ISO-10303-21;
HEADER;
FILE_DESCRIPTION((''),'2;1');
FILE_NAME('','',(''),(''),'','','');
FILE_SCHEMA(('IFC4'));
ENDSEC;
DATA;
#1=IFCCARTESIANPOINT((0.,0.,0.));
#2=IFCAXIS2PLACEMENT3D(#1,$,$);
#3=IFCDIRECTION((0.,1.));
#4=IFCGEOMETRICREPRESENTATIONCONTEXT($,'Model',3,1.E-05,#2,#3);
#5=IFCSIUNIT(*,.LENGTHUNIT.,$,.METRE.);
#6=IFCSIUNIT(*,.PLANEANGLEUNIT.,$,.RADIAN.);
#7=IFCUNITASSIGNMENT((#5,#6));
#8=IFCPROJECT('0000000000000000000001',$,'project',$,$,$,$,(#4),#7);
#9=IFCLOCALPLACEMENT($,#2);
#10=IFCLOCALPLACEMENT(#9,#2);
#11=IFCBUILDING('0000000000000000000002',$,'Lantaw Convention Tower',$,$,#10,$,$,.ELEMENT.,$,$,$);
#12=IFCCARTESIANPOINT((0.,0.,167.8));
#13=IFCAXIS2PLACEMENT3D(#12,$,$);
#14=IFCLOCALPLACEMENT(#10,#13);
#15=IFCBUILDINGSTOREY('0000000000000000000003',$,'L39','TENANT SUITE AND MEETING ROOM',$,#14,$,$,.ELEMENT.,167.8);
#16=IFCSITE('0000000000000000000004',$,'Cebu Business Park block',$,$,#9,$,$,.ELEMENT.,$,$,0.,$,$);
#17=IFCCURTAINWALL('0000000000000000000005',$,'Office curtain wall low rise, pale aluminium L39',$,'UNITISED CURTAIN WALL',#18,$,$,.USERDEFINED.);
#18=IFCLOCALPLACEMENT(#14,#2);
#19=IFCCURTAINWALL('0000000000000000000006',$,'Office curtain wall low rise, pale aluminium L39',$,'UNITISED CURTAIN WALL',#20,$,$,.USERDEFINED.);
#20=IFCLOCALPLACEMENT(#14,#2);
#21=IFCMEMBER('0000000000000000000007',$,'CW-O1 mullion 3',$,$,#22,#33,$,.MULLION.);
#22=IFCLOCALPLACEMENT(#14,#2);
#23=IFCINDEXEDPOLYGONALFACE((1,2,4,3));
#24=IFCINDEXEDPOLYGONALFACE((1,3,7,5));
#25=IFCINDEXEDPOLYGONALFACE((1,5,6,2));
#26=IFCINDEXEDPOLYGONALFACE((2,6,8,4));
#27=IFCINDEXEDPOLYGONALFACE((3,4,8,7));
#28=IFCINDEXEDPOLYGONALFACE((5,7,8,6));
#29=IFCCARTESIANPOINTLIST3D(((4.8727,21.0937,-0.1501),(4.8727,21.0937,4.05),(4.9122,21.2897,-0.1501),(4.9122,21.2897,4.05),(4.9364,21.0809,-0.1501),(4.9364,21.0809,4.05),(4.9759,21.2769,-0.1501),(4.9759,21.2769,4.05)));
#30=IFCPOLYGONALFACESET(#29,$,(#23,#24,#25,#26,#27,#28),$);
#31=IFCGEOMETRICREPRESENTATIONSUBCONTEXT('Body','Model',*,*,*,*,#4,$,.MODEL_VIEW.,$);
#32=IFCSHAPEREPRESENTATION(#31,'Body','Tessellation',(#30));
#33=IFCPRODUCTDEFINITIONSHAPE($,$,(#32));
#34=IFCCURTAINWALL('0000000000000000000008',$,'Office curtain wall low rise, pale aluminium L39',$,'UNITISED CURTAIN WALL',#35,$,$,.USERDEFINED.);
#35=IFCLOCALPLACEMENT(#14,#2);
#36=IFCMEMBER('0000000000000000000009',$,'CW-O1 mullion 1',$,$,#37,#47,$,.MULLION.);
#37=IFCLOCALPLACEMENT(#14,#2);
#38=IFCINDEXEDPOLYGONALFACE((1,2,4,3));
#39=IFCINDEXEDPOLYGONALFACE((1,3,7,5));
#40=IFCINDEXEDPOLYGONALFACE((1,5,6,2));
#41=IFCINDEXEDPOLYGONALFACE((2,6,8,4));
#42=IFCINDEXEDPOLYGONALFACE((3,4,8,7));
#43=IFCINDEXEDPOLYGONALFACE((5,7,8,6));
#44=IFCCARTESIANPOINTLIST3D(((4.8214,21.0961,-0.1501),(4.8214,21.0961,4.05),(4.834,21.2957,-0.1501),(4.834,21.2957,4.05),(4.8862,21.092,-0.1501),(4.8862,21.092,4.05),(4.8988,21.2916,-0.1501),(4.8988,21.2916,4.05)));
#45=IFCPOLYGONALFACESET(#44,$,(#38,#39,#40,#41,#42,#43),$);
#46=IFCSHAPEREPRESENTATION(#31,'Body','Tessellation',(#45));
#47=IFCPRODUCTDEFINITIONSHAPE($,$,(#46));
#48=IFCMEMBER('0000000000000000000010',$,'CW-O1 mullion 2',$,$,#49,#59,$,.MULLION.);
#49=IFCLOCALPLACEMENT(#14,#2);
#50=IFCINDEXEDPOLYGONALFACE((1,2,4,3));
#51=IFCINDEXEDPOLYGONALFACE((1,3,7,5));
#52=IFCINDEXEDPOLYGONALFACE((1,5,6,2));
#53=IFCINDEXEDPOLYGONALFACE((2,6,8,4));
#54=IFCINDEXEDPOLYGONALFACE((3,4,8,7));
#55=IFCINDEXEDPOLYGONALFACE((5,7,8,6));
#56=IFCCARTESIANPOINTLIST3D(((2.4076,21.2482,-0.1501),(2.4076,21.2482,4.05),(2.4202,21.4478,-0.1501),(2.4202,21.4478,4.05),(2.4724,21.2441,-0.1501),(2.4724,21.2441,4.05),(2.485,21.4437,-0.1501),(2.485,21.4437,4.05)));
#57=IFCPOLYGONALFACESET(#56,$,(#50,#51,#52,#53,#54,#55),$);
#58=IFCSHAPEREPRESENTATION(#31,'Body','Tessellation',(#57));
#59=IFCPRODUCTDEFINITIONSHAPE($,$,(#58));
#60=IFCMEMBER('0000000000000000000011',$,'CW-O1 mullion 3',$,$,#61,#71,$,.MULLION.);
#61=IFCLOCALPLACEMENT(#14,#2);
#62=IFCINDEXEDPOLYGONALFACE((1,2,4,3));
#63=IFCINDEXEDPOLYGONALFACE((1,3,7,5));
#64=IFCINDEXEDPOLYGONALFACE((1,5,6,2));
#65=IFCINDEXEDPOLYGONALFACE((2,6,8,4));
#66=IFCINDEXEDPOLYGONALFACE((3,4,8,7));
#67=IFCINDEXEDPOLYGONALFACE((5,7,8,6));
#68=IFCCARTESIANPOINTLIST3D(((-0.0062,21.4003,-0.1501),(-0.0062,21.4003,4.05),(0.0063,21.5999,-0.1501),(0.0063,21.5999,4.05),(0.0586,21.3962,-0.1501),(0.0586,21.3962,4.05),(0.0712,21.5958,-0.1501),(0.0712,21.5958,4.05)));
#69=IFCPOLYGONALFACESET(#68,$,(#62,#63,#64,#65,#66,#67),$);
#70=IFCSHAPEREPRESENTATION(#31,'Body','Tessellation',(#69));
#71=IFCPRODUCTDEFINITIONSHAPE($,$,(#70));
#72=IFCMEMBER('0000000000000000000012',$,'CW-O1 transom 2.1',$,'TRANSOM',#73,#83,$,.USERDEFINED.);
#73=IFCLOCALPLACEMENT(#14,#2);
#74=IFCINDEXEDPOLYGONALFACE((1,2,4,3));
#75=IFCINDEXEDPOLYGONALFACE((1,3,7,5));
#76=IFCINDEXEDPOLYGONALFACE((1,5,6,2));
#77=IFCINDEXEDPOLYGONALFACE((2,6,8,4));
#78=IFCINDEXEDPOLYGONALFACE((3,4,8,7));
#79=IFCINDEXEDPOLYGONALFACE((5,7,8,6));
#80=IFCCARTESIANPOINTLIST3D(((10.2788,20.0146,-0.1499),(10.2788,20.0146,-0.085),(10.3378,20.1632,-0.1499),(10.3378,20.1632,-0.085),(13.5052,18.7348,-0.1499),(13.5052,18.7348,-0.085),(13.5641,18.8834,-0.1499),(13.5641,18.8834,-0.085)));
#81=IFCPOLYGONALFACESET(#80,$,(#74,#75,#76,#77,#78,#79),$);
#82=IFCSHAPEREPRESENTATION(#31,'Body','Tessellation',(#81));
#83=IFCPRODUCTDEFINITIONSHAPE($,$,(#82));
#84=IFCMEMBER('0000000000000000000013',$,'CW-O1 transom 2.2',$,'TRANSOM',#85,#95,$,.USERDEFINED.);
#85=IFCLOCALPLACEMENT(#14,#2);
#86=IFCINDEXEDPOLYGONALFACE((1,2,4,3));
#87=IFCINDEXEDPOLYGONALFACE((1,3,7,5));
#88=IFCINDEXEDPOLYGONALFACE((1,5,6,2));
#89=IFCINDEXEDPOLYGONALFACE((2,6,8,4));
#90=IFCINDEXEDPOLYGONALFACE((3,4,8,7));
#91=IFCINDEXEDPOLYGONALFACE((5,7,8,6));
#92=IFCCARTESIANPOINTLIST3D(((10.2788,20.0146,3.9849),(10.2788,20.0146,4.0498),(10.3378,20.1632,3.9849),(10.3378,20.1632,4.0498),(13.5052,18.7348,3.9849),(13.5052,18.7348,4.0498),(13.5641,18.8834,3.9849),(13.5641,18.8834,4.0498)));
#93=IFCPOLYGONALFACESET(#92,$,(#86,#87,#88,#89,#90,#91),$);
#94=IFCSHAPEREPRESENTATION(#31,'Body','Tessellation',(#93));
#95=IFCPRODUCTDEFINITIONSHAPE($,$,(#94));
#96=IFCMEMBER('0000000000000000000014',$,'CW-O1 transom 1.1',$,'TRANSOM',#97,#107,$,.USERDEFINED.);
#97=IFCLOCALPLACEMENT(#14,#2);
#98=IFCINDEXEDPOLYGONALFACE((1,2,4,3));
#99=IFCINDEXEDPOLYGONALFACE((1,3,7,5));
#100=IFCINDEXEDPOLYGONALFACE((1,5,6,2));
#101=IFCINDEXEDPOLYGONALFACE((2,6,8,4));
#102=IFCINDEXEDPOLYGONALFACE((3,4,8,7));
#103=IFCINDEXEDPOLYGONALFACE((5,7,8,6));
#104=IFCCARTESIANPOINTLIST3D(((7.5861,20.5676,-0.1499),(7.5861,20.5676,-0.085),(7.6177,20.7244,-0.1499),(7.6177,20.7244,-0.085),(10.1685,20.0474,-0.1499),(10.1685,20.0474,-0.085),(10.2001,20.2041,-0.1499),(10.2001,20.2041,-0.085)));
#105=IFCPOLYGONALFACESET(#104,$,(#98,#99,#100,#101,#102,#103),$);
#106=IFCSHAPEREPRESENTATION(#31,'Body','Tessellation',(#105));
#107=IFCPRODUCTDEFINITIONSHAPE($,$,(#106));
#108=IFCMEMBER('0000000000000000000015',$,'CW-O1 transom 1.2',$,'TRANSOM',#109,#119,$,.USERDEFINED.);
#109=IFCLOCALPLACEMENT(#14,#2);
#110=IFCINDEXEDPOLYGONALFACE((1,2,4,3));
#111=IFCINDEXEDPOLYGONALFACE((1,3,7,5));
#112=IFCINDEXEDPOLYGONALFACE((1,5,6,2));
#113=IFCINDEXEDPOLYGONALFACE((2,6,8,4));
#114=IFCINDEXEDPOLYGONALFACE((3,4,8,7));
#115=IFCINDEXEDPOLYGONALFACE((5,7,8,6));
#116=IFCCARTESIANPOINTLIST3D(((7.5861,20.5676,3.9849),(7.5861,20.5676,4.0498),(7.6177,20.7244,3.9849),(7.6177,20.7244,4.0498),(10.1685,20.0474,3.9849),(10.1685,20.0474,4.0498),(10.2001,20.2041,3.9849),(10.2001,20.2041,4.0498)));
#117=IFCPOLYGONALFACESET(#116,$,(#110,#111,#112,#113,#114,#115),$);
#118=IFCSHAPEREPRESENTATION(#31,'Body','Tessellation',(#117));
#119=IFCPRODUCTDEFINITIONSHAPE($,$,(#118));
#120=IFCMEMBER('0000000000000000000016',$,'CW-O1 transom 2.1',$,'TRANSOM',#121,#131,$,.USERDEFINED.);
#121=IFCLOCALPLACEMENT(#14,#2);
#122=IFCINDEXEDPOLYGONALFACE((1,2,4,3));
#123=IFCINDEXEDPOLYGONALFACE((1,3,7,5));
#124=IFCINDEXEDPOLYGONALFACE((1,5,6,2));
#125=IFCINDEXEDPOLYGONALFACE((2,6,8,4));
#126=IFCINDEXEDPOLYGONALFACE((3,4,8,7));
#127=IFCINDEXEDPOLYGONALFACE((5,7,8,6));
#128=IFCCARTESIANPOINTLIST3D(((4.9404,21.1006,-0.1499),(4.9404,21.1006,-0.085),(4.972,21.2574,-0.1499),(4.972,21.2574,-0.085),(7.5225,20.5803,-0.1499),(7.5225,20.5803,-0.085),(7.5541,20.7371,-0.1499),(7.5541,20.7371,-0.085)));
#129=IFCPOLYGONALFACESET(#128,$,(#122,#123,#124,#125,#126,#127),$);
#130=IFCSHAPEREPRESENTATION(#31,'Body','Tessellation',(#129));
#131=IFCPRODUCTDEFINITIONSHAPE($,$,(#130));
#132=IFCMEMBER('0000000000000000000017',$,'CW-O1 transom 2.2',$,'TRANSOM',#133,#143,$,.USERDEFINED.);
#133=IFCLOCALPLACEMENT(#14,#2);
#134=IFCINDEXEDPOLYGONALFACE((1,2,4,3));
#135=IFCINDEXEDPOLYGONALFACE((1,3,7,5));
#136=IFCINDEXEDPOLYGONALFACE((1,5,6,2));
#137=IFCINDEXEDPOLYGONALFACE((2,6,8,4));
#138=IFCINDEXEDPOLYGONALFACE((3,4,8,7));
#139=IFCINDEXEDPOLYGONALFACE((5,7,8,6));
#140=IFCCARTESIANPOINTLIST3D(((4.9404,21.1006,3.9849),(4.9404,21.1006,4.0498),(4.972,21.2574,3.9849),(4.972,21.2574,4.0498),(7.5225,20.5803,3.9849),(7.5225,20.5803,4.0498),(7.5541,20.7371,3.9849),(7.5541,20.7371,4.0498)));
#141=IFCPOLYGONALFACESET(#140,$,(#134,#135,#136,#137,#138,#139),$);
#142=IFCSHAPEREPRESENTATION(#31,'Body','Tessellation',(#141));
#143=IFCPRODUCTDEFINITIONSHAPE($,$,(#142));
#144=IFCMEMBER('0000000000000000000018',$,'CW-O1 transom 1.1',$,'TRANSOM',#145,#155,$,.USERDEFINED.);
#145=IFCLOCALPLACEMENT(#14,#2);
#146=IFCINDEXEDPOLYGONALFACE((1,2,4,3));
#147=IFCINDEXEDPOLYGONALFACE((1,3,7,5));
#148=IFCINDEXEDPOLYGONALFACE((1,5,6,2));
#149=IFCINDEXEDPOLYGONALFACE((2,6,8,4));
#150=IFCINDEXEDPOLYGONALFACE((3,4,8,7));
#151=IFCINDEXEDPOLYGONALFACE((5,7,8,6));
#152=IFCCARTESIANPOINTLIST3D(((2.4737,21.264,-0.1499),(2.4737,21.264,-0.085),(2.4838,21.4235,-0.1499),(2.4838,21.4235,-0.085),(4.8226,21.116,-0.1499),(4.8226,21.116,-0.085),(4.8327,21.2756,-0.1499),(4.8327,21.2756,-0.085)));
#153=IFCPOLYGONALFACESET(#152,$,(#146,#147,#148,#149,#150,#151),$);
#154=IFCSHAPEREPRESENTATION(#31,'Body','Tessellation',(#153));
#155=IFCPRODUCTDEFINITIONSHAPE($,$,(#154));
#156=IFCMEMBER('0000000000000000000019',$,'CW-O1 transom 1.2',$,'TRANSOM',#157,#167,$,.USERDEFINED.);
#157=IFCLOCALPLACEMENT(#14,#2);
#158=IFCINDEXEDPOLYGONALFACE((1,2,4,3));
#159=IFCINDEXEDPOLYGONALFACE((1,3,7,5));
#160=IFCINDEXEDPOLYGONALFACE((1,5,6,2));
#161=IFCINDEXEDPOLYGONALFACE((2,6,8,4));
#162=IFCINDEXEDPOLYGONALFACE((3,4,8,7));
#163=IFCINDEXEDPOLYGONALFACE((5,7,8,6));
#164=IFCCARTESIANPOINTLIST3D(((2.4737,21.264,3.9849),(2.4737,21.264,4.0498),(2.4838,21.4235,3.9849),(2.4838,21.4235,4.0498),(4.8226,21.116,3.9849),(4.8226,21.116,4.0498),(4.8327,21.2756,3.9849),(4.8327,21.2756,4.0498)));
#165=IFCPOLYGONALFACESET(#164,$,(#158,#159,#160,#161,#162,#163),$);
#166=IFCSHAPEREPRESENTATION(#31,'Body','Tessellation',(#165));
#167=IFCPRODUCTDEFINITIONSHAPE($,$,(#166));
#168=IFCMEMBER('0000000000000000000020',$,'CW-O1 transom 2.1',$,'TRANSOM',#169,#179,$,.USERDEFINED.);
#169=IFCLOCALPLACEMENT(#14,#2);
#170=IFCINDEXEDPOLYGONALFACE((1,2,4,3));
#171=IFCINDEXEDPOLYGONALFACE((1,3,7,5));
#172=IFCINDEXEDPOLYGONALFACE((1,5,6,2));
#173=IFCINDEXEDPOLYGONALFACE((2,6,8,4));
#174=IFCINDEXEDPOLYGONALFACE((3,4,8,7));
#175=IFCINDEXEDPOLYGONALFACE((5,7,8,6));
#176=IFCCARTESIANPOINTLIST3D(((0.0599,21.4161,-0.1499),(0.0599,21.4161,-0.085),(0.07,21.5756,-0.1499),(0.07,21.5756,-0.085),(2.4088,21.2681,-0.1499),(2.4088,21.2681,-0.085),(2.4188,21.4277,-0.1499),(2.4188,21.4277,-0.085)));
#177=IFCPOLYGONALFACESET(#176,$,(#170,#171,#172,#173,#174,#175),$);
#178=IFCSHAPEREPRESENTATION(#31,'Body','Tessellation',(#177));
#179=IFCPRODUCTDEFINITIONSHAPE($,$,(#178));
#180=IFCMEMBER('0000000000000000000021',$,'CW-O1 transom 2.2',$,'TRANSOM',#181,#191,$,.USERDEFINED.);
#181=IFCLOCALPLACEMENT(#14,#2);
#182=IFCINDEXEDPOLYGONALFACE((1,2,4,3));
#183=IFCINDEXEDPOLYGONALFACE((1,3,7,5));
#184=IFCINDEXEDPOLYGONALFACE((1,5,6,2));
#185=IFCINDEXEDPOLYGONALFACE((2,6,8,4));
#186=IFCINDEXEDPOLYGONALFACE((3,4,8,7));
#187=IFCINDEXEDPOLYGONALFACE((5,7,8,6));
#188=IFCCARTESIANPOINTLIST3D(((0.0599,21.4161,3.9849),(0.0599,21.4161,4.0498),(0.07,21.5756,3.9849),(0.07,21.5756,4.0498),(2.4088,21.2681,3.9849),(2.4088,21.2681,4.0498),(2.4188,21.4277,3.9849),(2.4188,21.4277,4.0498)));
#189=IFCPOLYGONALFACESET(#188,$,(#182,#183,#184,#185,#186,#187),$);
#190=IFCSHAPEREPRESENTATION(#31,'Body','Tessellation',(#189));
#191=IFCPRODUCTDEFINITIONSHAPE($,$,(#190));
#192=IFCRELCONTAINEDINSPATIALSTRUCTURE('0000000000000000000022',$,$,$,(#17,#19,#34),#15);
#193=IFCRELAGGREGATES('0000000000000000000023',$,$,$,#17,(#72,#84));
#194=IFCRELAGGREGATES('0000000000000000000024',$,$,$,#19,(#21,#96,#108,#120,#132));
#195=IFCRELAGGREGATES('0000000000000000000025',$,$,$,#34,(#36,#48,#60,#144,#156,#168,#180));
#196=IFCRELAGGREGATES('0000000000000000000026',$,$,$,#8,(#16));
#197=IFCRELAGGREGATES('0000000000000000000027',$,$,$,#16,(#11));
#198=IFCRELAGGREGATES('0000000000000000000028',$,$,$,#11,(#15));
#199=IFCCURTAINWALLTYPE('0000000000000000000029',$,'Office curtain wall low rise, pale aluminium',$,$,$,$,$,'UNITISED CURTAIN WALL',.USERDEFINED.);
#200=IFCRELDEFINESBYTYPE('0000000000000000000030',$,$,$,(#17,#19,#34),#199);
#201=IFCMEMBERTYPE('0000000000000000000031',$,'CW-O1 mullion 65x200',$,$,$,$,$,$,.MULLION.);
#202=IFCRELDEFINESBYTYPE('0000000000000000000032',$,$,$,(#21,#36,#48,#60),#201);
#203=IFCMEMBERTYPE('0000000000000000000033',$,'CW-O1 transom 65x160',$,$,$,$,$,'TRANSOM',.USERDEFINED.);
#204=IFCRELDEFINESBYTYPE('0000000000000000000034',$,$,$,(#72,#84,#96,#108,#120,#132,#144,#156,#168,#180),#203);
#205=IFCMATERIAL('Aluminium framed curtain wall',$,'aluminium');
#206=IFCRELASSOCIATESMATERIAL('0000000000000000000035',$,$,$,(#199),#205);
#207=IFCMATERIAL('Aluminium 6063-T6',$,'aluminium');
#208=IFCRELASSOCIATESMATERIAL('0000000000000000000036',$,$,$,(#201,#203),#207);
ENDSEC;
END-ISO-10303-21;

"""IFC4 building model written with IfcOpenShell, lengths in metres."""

from ifc_helpers import new_model, si_unit, direction, frame, origin, origin_2d, place, context, subcontext, project, spatial, rectangle, extrude, material, material_profile, profile_set, type_object, element, aggregate, save


model = new_model("IFC4")

# Units and contexts
model_context = context("Model", 3, precision=1e-05, world=origin(), true_north=direction((0.0, 1.0)))
body_context = subcontext(model_context, "Body", "Model", "MODEL_VIEW")
ifc_project = project(units=[si_unit("LENGTHUNIT", "METRE"), si_unit("PLANEANGLEUNIT", "RADIAN")], contexts=[model_context])

# Site, building, storey
site_placement = place(None, origin())
site = spatial("IfcSite", under=ifc_project, at=site_placement, Name="Cebu Business Park block", CompositionType="ELEMENT", RefElevation=0.0)
building_placement = place(site_placement, origin())
building = spatial("IfcBuilding", under=site, at=building_placement, Name="Lantaw Convention Tower", CompositionType="ELEMENT")
storey_placement = place(building_placement, frame((0.0, 0.0, 167.8)))
storey = spatial("IfcBuildingStorey", under=building, at=storey_placement, Name="L39", Description="TENANT SUITE AND MEETING ROOM", CompositionType="ELEMENT", Elevation=167.8)

# Curtain walls, members
ifc_material_1 = material(Name="Aluminium framed curtain wall", Category="aluminium")
curtain_wall_type = type_object("IfcCurtainWallType", Name="Office curtain wall low rise, pale aluminium", ElementType="UNITISED CURTAIN WALL", PredefinedType="USERDEFINED", material=ifc_material_1)
curtain_wall_1_placement = place(storey_placement, origin())
curtain_wall_1 = element("IfcCurtainWall", 1, at=curtain_wall_1_placement, inside=storey, type_object=curtain_wall_type, Name="Office curtain wall low rise, pale aluminium L39", ObjectType="UNITISED CURTAIN WALL", PredefinedType="USERDEFINED")
ifc_material_2 = material(Name="Aluminium 6063-T6", Category="aluminium")
ifc_material_profile_1 = material_profile(ifc_material_2, rectangle(XDim=0.2, YDim=0.0649, at=origin_2d()), Name="CW-O1 mullion 65x200")
ifc_profile_set_1 = profile_set([ifc_material_profile_1], Name="Aluminium 6063-T6")
member_type_1 = type_object("IfcMemberType", Name="CW-O1 mullion 65x200", PredefinedType="MULLION", material=ifc_profile_set_1)
curtain_wall_2_placement = place(storey_placement, origin())
curtain_wall_2 = element("IfcCurtainWall", 2, at=curtain_wall_2_placement, inside=storey, type_object=curtain_wall_type, Name="Office curtain wall low rise, pale aluminium L39", ObjectType="UNITISED CURTAIN WALL", PredefinedType="USERDEFINED")
member_1_placement = place(storey_placement, frame((4.9243, 21.1853, -0.1501), z_axis=(0.0, 0.0, 1.0), x_axis=(-0.197507, -0.980302, 0.0)))
member_1 = element("IfcMember", 3, at=member_1_placement, type_object=member_type_1, Name="CW-O1 mullion 3", PredefinedType="MULLION", context=body_context, shape_type="SweptSolid", body=[
    extrude(rectangle(XDim=0.2, YDim=0.0649, at=origin_2d()), origin(), (0.0, 0.0, 1.0), 4.2002),
])
curtain_wall_3_placement = place(storey_placement, origin())
curtain_wall_3 = element("IfcCurtainWall", 4, at=curtain_wall_3_placement, inside=storey, type_object=curtain_wall_type, Name="Office curtain wall low rise, pale aluminium L39", ObjectType="UNITISED CURTAIN WALL", PredefinedType="USERDEFINED")
member_2_placement = place(storey_placement, frame((4.8601, 21.1938, -0.1501), z_axis=(0.0, 0.0, 1.0), x_axis=(-0.062865, -0.998022, 0.0)))
member_2 = element("IfcMember", 5, at=member_2_placement, type_object=member_type_1, Name="CW-O1 mullion 1", PredefinedType="MULLION", context=body_context, shape_type="SweptSolid", body=[
    extrude(rectangle(XDim=0.2, YDim=0.0649, at=origin_2d()), origin(), (0.0, 0.0, 1.0), 4.2002),
])
member_3_placement = place(storey_placement, frame((2.4463, 21.3459, -0.1501), z_axis=(0.0, 0.0, 1.0), x_axis=(-0.062865, -0.998022, 0.0)))
member_3 = element("IfcMember", 6, at=member_3_placement, type_object=member_type_1, Name="CW-O1 mullion 2", PredefinedType="MULLION", context=body_context, shape_type="SweptSolid", body=[
    extrude(rectangle(XDim=0.2, YDim=0.0649, at=origin_2d()), origin(), (0.0, 0.0, 1.0), 4.2002),
])
member_4_placement = place(storey_placement, frame((0.0325, 21.498, -0.1501), z_axis=(0.0, 0.0, 1.0), x_axis=(-0.062865, -0.998022, 0.0)))
member_4 = element("IfcMember", 7, at=member_4_placement, type_object=member_type_1, Name="CW-O1 mullion 3", PredefinedType="MULLION", context=body_context, shape_type="SweptSolid", body=[
    extrude(rectangle(XDim=0.2, YDim=0.0649, at=origin_2d()), origin(), (0.0, 0.0, 1.0), 4.2002),
])

# Members
ifc_material_profile_2 = material_profile(ifc_material_2, rectangle(XDim=0.1599, YDim=0.0649, at=origin_2d()), Name="CW-O1 transom 65x160")
ifc_profile_set_2 = profile_set([ifc_material_profile_2], Name="Aluminium 6063-T6")
member_type_2 = type_object("IfcMemberType", Name="CW-O1 transom 65x160", ElementType="TRANSOM", PredefinedType="USERDEFINED", material=ifc_profile_set_2)
member_5_placement = place(storey_placement, frame((13.5347, 18.8091, -0.1174), z_axis=(-0.92954, 0.368721, 0.0), x_axis=(-0.368721, -0.92954, 0.0)))
member_5 = element("IfcMember", 8, at=member_5_placement, type_object=member_type_2, Name="CW-O1 transom 2.1", ObjectType="TRANSOM", PredefinedType="USERDEFINED", context=body_context, shape_type="SweptSolid", body=[
    extrude(rectangle(XDim=0.1599, YDim=0.0649, at=origin_2d()), origin(), (0.0, 0.0, 1.0), 3.4709),
])
member_6_placement = place(storey_placement, frame((13.5347, 18.8091, 4.0173), z_axis=(-0.92954, 0.368721, 0.0), x_axis=(-0.368721, -0.92954, 0.0)))
member_6 = element("IfcMember", 9, at=member_6_placement, type_object=member_type_2, Name="CW-O1 transom 2.2", ObjectType="TRANSOM", PredefinedType="USERDEFINED", context=body_context, shape_type="SweptSolid", body=[
    extrude(rectangle(XDim=0.1599, YDim=0.0649, at=origin_2d()), origin(), (0.0, 0.0, 1.0), 3.4709),
])
member_7_placement = place(storey_placement, frame((10.1843, 20.1257, -0.1174), z_axis=(-0.980302, 0.197506, 0.0), x_axis=(-0.197506, -0.980302, 0.0)))
member_7 = element("IfcMember", 10, at=member_7_placement, type_object=member_type_2, Name="CW-O1 transom 1.1", ObjectType="TRANSOM", PredefinedType="USERDEFINED", context=body_context, shape_type="SweptSolid", body=[
    extrude(rectangle(XDim=0.1599, YDim=0.0649, at=origin_2d()), origin(), (0.0, 0.0, 1.0), 2.6343),
])
member_8_placement = place(storey_placement, frame((10.1843, 20.1257, 4.0173), z_axis=(-0.980302, 0.197506, 0.0), x_axis=(-0.197506, -0.980302, 0.0)))
member_8 = element("IfcMember", 11, at=member_8_placement, type_object=member_type_2, Name="CW-O1 transom 1.2", ObjectType="TRANSOM", PredefinedType="USERDEFINED", context=body_context, shape_type="SweptSolid", body=[
    extrude(rectangle(XDim=0.1599, YDim=0.0649, at=origin_2d()), origin(), (0.0, 0.0, 1.0), 2.6343),
])
member_9_placement = place(storey_placement, frame((7.5383, 20.6587, -0.1174), z_axis=(-0.980298, 0.197524, 0.0), x_axis=(-0.197524, -0.980298, 0.0)))
member_9 = element("IfcMember", 12, at=member_9_placement, type_object=member_type_2, Name="CW-O1 transom 2.1", ObjectType="TRANSOM", PredefinedType="USERDEFINED", context=body_context, shape_type="SweptSolid", body=[
    extrude(rectangle(XDim=0.1599, YDim=0.0649, at=origin_2d()), origin(), (0.0, 0.0, 1.0), 2.634),
])
member_10_placement = place(storey_placement, frame((7.5383, 20.6587, 4.0173), z_axis=(-0.980298, 0.197524, 0.0), x_axis=(-0.197524, -0.980298, 0.0)))
member_10 = element("IfcMember", 13, at=member_10_placement, type_object=member_type_2, Name="CW-O1 transom 2.2", ObjectType="TRANSOM", PredefinedType="USERDEFINED", context=body_context, shape_type="SweptSolid", body=[
    extrude(rectangle(XDim=0.1599, YDim=0.0649, at=origin_2d()), origin(), (0.0, 0.0, 1.0), 2.634),
])
member_11_placement = place(storey_placement, frame((4.8276, 21.1958, -0.1174), z_axis=(-0.998022, 0.062863, 0.0), x_axis=(-0.062863, -0.998022, 0.0)))
member_11 = element("IfcMember", 14, at=member_11_placement, type_object=member_type_2, Name="CW-O1 transom 1.1", ObjectType="TRANSOM", PredefinedType="USERDEFINED", context=body_context, shape_type="SweptSolid", body=[
    extrude(rectangle(XDim=0.1599, YDim=0.0649, at=origin_2d()), origin(), (0.0, 0.0, 1.0), 2.3535),
])
member_12_placement = place(storey_placement, frame((4.8276, 21.1958, 4.0173), z_axis=(-0.998022, 0.062863, 0.0), x_axis=(-0.062863, -0.998022, 0.0)))
member_12 = element("IfcMember", 15, at=member_12_placement, type_object=member_type_2, Name="CW-O1 transom 1.2", ObjectType="TRANSOM", PredefinedType="USERDEFINED", context=body_context, shape_type="SweptSolid", body=[
    extrude(rectangle(XDim=0.1599, YDim=0.0649, at=origin_2d()), origin(), (0.0, 0.0, 1.0), 2.3535),
])
member_13_placement = place(storey_placement, frame((2.4138, 21.3479, -0.1174), z_axis=(-0.998022, 0.062863, 0.0), x_axis=(-0.062863, -0.998022, 0.0)))
member_13 = element("IfcMember", 16, at=member_13_placement, type_object=member_type_2, Name="CW-O1 transom 2.1", ObjectType="TRANSOM", PredefinedType="USERDEFINED", context=body_context, shape_type="SweptSolid", body=[
    extrude(rectangle(XDim=0.1599, YDim=0.0649, at=origin_2d()), origin(), (0.0, 0.0, 1.0), 2.3535),
])
member_14_placement = place(storey_placement, frame((2.4138, 21.3479, 4.0173), z_axis=(-0.998022, 0.062863, 0.0), x_axis=(-0.062863, -0.998022, 0.0)))
member_14 = element("IfcMember", 17, at=member_14_placement, type_object=member_type_2, Name="CW-O1 transom 2.2", ObjectType="TRANSOM", PredefinedType="USERDEFINED", context=body_context, shape_type="SweptSolid", body=[
    extrude(rectangle(XDim=0.1599, YDim=0.0649, at=origin_2d()), origin(), (0.0, 0.0, 1.0), 2.3535),
])

aggregate(curtain_wall_1, [member_5, member_6])
aggregate(curtain_wall_2, [member_1, member_7, member_8, member_9, member_10])
aggregate(curtain_wall_3, [member_2, member_3, member_4, member_11, member_12, member_13, member_14])

save(model, "model.ifc")
